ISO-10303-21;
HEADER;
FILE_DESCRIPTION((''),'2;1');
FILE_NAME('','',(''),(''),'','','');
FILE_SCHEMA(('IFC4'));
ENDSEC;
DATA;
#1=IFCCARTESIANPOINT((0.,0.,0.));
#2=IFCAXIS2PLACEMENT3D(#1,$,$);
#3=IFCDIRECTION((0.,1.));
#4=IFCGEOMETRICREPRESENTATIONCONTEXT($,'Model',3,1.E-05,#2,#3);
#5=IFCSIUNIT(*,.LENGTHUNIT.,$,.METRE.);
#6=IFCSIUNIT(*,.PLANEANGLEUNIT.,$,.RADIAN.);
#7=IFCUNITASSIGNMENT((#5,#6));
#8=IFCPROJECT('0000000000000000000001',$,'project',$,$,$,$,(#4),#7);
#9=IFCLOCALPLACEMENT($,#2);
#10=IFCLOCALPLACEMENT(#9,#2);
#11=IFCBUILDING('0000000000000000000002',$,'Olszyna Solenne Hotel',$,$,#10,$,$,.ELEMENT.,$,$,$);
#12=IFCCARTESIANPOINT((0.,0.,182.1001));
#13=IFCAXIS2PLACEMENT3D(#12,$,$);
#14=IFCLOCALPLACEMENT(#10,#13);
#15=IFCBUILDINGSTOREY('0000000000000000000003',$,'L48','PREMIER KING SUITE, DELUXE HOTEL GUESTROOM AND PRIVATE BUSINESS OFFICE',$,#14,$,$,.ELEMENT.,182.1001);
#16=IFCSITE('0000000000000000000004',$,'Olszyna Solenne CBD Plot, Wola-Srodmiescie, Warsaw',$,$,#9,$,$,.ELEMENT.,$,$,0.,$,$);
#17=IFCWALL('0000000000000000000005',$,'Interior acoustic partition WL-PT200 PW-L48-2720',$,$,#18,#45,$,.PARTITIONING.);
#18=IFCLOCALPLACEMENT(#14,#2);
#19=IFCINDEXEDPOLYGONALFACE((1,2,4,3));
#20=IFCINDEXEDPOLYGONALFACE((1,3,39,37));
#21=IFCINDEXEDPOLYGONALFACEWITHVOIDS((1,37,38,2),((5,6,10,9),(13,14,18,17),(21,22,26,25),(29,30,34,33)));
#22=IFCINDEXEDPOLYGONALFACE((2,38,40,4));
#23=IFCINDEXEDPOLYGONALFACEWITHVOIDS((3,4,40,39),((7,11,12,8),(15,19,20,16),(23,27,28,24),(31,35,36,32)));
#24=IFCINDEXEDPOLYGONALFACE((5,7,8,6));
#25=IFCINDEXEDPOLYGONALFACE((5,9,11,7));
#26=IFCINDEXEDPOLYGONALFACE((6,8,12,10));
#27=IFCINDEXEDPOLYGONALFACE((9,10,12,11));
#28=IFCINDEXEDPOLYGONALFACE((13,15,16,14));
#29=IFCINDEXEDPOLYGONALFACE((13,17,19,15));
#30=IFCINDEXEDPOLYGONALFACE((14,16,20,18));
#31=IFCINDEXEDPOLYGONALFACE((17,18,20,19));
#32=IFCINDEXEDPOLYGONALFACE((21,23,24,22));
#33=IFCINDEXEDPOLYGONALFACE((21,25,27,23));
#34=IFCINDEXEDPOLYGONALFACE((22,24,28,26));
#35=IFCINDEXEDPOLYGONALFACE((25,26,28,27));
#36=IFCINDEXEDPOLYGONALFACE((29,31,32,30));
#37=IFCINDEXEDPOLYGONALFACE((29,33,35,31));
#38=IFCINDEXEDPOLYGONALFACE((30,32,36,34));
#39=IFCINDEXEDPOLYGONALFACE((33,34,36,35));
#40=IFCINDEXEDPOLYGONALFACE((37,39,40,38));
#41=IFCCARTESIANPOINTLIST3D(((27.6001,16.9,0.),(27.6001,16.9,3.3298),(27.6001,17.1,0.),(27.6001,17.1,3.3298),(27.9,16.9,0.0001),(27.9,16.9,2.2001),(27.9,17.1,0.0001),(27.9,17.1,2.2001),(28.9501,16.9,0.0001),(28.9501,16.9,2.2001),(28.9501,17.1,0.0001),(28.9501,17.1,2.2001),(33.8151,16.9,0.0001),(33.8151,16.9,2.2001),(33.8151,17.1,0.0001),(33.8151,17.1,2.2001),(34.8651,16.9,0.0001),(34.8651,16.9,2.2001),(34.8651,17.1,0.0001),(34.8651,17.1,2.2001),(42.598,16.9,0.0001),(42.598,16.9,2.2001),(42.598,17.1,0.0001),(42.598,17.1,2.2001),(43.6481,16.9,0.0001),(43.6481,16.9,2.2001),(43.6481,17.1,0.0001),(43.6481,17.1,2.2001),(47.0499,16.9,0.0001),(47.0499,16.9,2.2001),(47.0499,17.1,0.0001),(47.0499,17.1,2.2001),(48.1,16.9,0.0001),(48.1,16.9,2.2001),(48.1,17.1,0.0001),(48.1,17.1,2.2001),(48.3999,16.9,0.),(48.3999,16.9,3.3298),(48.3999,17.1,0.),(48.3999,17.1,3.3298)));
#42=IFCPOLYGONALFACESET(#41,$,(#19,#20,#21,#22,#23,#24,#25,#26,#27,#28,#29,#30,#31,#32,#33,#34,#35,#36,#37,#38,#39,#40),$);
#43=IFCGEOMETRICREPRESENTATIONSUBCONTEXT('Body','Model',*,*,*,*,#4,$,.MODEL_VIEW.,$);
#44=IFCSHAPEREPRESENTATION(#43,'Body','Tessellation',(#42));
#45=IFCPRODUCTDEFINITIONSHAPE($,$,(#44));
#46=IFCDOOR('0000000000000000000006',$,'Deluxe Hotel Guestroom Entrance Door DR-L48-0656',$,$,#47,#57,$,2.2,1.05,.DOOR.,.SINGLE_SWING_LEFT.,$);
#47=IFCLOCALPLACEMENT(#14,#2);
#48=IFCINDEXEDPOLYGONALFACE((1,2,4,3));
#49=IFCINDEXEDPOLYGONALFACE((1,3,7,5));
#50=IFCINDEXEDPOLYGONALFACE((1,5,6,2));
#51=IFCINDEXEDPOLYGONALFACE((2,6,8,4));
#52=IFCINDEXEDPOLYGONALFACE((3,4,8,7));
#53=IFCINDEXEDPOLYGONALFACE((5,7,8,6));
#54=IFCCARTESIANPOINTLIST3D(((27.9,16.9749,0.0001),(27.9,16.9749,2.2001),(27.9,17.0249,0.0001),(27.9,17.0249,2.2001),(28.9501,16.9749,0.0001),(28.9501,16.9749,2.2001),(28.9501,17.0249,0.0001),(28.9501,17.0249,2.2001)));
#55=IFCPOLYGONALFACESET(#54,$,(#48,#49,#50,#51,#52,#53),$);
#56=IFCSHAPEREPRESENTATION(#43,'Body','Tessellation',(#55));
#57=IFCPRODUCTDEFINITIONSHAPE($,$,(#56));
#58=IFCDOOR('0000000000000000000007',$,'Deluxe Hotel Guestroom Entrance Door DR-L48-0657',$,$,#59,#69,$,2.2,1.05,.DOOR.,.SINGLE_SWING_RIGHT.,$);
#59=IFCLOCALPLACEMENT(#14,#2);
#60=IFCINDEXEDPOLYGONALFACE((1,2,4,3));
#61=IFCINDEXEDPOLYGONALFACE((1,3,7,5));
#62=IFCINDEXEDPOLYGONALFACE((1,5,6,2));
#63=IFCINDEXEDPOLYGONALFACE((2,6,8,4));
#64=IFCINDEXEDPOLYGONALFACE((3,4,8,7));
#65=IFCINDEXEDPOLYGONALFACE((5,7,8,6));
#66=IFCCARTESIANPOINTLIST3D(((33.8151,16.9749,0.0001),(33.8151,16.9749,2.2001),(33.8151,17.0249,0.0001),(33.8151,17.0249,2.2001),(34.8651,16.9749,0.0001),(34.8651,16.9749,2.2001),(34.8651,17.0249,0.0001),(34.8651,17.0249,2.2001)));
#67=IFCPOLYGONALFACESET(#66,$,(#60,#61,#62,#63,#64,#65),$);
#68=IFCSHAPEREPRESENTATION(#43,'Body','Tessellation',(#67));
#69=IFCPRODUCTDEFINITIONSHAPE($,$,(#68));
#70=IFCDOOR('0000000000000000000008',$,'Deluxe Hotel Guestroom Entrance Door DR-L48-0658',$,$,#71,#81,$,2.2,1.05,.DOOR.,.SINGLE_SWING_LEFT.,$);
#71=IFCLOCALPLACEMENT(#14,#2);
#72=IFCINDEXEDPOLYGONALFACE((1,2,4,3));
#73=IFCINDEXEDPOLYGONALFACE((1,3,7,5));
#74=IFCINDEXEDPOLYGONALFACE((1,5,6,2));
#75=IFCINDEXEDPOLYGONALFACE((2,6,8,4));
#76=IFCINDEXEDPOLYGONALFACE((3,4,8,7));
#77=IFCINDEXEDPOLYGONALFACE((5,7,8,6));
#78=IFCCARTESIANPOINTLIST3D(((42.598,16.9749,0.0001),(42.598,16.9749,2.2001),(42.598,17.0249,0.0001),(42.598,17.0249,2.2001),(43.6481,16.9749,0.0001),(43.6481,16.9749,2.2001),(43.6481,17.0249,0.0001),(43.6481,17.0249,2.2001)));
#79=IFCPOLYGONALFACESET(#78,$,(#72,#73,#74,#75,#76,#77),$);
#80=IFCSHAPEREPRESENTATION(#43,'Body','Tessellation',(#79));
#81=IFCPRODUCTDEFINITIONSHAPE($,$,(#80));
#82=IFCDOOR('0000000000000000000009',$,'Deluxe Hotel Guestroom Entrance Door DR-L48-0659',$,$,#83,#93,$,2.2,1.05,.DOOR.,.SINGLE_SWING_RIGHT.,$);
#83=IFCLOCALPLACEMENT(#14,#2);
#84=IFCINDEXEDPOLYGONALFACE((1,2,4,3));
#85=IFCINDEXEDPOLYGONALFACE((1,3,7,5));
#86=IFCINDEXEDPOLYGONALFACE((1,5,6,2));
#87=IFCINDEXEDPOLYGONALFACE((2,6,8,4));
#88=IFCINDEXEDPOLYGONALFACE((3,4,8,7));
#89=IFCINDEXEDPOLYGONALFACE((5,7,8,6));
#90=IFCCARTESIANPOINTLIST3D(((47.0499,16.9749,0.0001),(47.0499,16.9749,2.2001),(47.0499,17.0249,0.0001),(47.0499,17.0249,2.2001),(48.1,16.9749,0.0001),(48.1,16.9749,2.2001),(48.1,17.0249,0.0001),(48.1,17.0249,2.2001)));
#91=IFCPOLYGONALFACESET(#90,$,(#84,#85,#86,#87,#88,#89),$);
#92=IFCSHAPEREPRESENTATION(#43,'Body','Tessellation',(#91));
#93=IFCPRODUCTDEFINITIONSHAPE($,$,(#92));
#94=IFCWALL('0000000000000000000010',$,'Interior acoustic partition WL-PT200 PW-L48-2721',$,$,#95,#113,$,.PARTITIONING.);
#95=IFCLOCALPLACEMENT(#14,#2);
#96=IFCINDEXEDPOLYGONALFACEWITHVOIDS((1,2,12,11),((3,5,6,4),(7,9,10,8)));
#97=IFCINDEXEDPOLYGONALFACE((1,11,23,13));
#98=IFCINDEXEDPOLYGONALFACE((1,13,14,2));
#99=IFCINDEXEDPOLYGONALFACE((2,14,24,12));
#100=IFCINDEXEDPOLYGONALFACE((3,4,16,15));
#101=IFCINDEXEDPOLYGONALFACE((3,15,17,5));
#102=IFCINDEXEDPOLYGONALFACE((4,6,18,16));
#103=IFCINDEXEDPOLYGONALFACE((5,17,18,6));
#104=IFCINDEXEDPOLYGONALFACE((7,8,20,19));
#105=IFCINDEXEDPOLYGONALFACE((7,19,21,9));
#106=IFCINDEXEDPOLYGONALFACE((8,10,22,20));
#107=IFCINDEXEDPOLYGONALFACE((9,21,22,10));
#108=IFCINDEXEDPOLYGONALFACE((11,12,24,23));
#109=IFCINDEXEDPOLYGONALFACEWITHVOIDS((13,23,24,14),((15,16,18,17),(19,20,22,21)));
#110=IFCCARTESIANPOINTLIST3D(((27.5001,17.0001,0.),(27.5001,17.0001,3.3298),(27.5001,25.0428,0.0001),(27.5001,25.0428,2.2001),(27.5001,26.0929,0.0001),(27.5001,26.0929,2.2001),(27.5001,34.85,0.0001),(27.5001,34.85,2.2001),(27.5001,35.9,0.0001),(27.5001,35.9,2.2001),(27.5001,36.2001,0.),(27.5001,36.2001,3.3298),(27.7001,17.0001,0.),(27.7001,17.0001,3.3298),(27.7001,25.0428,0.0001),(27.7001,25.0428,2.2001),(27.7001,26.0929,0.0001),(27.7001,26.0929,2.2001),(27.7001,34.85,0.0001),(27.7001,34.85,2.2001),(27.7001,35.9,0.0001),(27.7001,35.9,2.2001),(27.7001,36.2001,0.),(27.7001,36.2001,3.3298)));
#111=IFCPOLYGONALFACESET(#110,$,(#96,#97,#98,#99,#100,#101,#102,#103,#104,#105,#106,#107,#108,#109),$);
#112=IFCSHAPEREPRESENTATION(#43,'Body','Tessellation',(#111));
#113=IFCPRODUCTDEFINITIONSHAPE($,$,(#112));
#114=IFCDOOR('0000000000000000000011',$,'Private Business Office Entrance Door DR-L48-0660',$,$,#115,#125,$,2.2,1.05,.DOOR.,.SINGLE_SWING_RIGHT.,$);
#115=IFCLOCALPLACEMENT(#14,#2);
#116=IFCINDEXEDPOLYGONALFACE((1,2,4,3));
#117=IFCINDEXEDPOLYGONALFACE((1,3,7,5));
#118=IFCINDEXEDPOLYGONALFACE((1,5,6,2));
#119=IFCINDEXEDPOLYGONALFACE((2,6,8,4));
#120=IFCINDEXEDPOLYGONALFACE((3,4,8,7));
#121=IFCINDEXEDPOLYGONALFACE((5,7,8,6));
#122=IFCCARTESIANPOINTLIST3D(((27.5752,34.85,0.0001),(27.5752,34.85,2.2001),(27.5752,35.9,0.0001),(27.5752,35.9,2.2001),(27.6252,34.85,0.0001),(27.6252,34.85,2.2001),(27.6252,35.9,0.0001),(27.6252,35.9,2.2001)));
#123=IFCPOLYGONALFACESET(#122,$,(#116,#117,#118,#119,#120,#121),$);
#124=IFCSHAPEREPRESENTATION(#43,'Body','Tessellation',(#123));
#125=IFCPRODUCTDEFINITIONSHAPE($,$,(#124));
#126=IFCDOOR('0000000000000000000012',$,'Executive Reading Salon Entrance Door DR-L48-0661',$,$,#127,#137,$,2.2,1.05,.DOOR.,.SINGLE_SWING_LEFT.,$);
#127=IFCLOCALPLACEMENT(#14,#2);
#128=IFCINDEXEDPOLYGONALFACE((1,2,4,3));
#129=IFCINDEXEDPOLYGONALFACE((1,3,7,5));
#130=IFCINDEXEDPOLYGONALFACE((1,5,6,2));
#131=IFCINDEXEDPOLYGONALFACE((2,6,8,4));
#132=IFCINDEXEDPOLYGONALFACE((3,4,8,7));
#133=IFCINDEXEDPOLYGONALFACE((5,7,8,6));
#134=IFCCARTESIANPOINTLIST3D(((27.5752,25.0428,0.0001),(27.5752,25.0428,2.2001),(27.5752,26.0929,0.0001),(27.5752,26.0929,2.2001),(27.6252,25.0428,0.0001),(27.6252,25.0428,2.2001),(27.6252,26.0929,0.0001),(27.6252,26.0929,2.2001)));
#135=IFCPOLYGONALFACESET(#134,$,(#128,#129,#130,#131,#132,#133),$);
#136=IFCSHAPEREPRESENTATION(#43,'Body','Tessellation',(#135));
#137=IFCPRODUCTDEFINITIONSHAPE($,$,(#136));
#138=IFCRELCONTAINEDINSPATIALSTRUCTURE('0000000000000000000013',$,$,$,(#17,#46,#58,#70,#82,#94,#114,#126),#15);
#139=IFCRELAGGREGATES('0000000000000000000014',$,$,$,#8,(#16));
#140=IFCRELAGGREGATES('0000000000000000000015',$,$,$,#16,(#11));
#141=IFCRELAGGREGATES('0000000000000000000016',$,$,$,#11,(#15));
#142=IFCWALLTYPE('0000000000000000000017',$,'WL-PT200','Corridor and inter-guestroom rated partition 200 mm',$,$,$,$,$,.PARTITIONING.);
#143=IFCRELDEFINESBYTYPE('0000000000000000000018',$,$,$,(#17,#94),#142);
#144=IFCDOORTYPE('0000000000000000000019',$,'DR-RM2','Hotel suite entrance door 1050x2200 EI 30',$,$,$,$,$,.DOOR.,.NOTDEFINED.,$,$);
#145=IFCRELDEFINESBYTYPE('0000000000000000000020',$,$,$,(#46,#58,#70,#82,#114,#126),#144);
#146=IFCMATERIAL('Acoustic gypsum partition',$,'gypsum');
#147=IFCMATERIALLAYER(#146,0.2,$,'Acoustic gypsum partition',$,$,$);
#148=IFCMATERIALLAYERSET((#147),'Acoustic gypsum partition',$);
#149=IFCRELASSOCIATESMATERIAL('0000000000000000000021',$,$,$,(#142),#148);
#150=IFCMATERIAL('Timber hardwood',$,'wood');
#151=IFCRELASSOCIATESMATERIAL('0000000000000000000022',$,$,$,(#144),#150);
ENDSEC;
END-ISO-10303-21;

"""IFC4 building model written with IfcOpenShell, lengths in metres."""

from ifc_helpers import new_model, si_unit, direction, frame, frame_2d, origin, place, context, subcontext, project, spatial, rectangle, extrude, source, transform, mapped, material, layer, layer_set, type_object, type_shapes, element, fill, save


model = new_model("IFC4")

# Units and contexts
model_context = context("Model", 3, precision=1e-05, world=origin(), true_north=direction((0.0, 1.0)))
body_context = subcontext(model_context, "Body", "Model", "MODEL_VIEW")
ifc_project = project(units=[si_unit("LENGTHUNIT", "METRE"), si_unit("PLANEANGLEUNIT", "RADIAN")], contexts=[model_context])

# Site, building, storey
site_placement = place(None, origin())
site = spatial("IfcSite", under=ifc_project, at=site_placement, Name="Olszyna Solenne CBD Plot, Wola-Srodmiescie, Warsaw", CompositionType="ELEMENT", RefElevation=0.0)
building_placement = place(site_placement, origin())
building = spatial("IfcBuilding", under=site, at=building_placement, Name="Olszyna Solenne Hotel", CompositionType="ELEMENT")
storey_placement = place(building_placement, frame((0.0, 0.0, 182.1001)))
storey = spatial("IfcBuildingStorey", under=building, at=storey_placement, Name="L48", Description="PREMIER KING SUITE, DELUXE HOTEL GUESTROOM AND PRIVATE BUSINESS OFFICE", CompositionType="ELEMENT", Elevation=182.1001)

# Shared definitions
ifc_material_1 = material(Name="Timber hardwood", Category="wood")
ifc_material_2 = material(Name="Acoustic gypsum partition", Category="gypsum")

# Shared definitions
ifc_layer_1 = layer(ifc_material_2, 0.2, Name="Acoustic gypsum partition")
ifc_layer_set_1 = layer_set([ifc_layer_1], Name="Acoustic gypsum partition")
wall_type_1 = type_object("IfcWallType", Name="WL-PT200", Description="Corridor and inter-guestroom rated partition 200 mm", PredefinedType="PARTITIONING", material=ifc_layer_set_1)

# Walls, openings, doors
wall_1_placement = place(storey_placement, frame((27.6001, 17.0, 0.0), z_axis=(0.0, 0.0, 1.0), x_axis=(1.0, 0.0, 0.0)))
wall_1 = element("IfcWall", 1, at=wall_1_placement, inside=storey, type_object=wall_type_1, Name="Interior acoustic partition WL-PT200 PW-L48-2720", PredefinedType="PARTITIONING", context=body_context, shape_type="SweptSolid", body=[
    extrude(rectangle(XDim=20.7998, YDim=0.2, at=frame_2d((10.3999, 0.0))), origin(), (0.0, 0.0, 1.0), 3.3298),
])
opening_1_placement = place(wall_1_placement, frame((0.3, 0.0, 0.0)))
opening_1 = element("IfcOpeningElement", 2, at=opening_1_placement, cuts=wall_1, PredefinedType="OPENING", context=body_context, shape_type="SweptSolid", body=[
    extrude(rectangle(XDim=1.05, YDim=2.2, at=frame_2d((0.5249, 1.1001))), frame((0.0, 0.1099, 0.0), z_axis=(0.0, -1.0, 0.0), x_axis=(1.0, 0.0, 0.0)), (0.0, 0.0, 1.0), 0.22),
])
opening_2_placement = place(wall_1_placement, frame((6.2151, 0.0, 0.0)))
opening_2 = element("IfcOpeningElement", 3, at=opening_2_placement, cuts=wall_1, PredefinedType="OPENING", context=body_context, shape_type="SweptSolid", body=[
    extrude(rectangle(XDim=1.05, YDim=2.2, at=frame_2d((0.5249, 1.1001))), frame((0.0, 0.1099, 0.0), z_axis=(0.0, -1.0, 0.0), x_axis=(1.0, 0.0, 0.0)), (0.0, 0.0, 1.0), 0.22),
])
opening_3_placement = place(wall_1_placement, frame((14.998, 0.0, 0.0)))
opening_3 = element("IfcOpeningElement", 4, at=opening_3_placement, cuts=wall_1, PredefinedType="OPENING", context=body_context, shape_type="SweptSolid", body=[
    extrude(rectangle(XDim=1.05, YDim=2.2, at=frame_2d((0.5249, 1.1001))), frame((0.0, 0.1099, 0.0), z_axis=(0.0, -1.0, 0.0), x_axis=(1.0, 0.0, 0.0)), (0.0, 0.0, 1.0), 0.22),
])
opening_4_placement = place(wall_1_placement, frame((19.45, 0.0, 0.0)))
opening_4 = element("IfcOpeningElement", 5, at=opening_4_placement, cuts=wall_1, PredefinedType="OPENING", context=body_context, shape_type="SweptSolid", body=[
    extrude(rectangle(XDim=1.05, YDim=2.2, at=frame_2d((0.5249, 1.1001))), frame((0.0, 0.1099, 0.0), z_axis=(0.0, -1.0, 0.0), x_axis=(1.0, 0.0, 0.0)), (0.0, 0.0, 1.0), 0.22),
])
door_type_1 = type_object("IfcDoorType", Name="DR-RM2", Description="Hotel suite entrance door 1050x2200 EI 30", OperationType="NOTDEFINED", PredefinedType="DOOR", material=ifc_material_1)
shared_shape_1 = source(origin(), body_context, "Body", "SweptSolid", [
    extrude(rectangle(XDim=1.05, YDim=2.2, at=frame_2d((0.5249, 1.1001))), frame((0.0, 0.0249, 0.0), z_axis=(0.0, -1.0, 0.0), x_axis=(1.0, 0.0, 0.0)), (0.0, 0.0, 1.0), 0.05),
])
type_shapes(door_type_1, [shared_shape_1])
door_1_placement = place(opening_1_placement, origin())
door_1 = element("IfcDoor", 6, at=door_1_placement, inside=storey, type_object=door_type_1, Name="Deluxe Hotel Guestroom Entrance Door DR-L48-0656", OperationType="SINGLE_SWING_LEFT", OverallHeight=2.2, OverallWidth=1.05, PredefinedType="DOOR", context=body_context, shape_type="MappedRepresentation", body=[
    mapped(shared_shape_1, transform((0.0, 0.0, 0.0), x_axis=(1.0, 0.0, 0.0), y_axis=(0.0, 1.0, 0.0), z_axis=(0.0, 0.0, 1.0), scale=1.0)),
])
fill(opening_1, door_1)
door_2_placement = place(opening_2_placement, origin())
door_2 = element("IfcDoor", 7, at=door_2_placement, inside=storey, type_object=door_type_1, Name="Deluxe Hotel Guestroom Entrance Door DR-L48-0657", OperationType="SINGLE_SWING_RIGHT", OverallHeight=2.2, OverallWidth=1.05, PredefinedType="DOOR", context=body_context, shape_type="MappedRepresentation", body=[
    mapped(shared_shape_1, transform((0.0, 0.0, 0.0), x_axis=(1.0, 0.0, 0.0), y_axis=(0.0, 1.0, 0.0), z_axis=(0.0, 0.0, 1.0), scale=1.0)),
])
fill(opening_2, door_2)
door_3_placement = place(opening_3_placement, origin())
door_3 = element("IfcDoor", 8, at=door_3_placement, inside=storey, type_object=door_type_1, Name="Deluxe Hotel Guestroom Entrance Door DR-L48-0658", OperationType="SINGLE_SWING_LEFT", OverallHeight=2.2, OverallWidth=1.05, PredefinedType="DOOR", context=body_context, shape_type="MappedRepresentation", body=[
    mapped(shared_shape_1, transform((0.0, 0.0, 0.0), x_axis=(1.0, 0.0, 0.0), y_axis=(0.0, 1.0, 0.0), z_axis=(0.0, 0.0, 1.0), scale=1.0)),
])
fill(opening_3, door_3)
door_4_placement = place(opening_4_placement, origin())
door_4 = element("IfcDoor", 9, at=door_4_placement, inside=storey, type_object=door_type_1, Name="Deluxe Hotel Guestroom Entrance Door DR-L48-0659", OperationType="SINGLE_SWING_RIGHT", OverallHeight=2.2, OverallWidth=1.05, PredefinedType="DOOR", context=body_context, shape_type="MappedRepresentation", body=[
    mapped(shared_shape_1, transform((0.0, 0.0, 0.0), x_axis=(1.0, 0.0, 0.0), y_axis=(0.0, 1.0, 0.0), z_axis=(0.0, 0.0, 1.0), scale=1.0)),
])
fill(opening_4, door_4)
wall_2_placement = place(storey_placement, frame((27.6001, 17.0, 0.0), z_axis=(0.0, 0.0, 1.0), x_axis=(0.0, 1.0, 0.0)))
wall_2 = element("IfcWall", 10, at=wall_2_placement, inside=storey, type_object=wall_type_1, Name="Interior acoustic partition WL-PT200 PW-L48-2721", PredefinedType="PARTITIONING", context=body_context, shape_type="SweptSolid", body=[
    extrude(rectangle(XDim=19.2, YDim=0.2, at=frame_2d((9.6001, 0.0))), origin(), (0.0, 0.0, 1.0), 3.3298),
])
opening_5_placement = place(wall_2_placement, frame((17.8501, 0.0, 0.0)))
opening_5 = element("IfcOpeningElement", 11, at=opening_5_placement, cuts=wall_2, PredefinedType="OPENING", context=body_context, shape_type="SweptSolid", body=[
    extrude(rectangle(XDim=1.05, YDim=2.2, at=frame_2d((0.5249, 1.1001))), frame((0.0, 0.1099, 0.0), z_axis=(0.0, -1.0, 0.0), x_axis=(1.0, 0.0, 0.0)), (0.0, 0.0, 1.0), 0.22),
])
opening_6_placement = place(wall_2_placement, frame((8.043, 0.0, 0.0)))
opening_6 = element("IfcOpeningElement", 12, at=opening_6_placement, cuts=wall_2, PredefinedType="OPENING", context=body_context, shape_type="SweptSolid", body=[
    extrude(rectangle(XDim=1.05, YDim=2.2, at=frame_2d((0.5249, 1.1001))), frame((0.0, 0.1099, 0.0), z_axis=(0.0, -1.0, 0.0), x_axis=(1.0, 0.0, 0.0)), (0.0, 0.0, 1.0), 0.22),
])
door_5_placement = place(opening_5_placement, origin())
door_5 = element("IfcDoor", 13, at=door_5_placement, inside=storey, type_object=door_type_1, Name="Private Business Office Entrance Door DR-L48-0660", OperationType="SINGLE_SWING_RIGHT", OverallHeight=2.2, OverallWidth=1.05, PredefinedType="DOOR", context=body_context, shape_type="MappedRepresentation", body=[
    mapped(shared_shape_1, transform((0.0, 0.0, 0.0), x_axis=(1.0, 0.0, 0.0), y_axis=(0.0, 1.0, 0.0), z_axis=(0.0, 0.0, 1.0), scale=1.0)),
])
fill(opening_5, door_5)
door_6_placement = place(opening_6_placement, origin())
door_6 = element("IfcDoor", 14, at=door_6_placement, inside=storey, type_object=door_type_1, Name="Executive Reading Salon Entrance Door DR-L48-0661", OperationType="SINGLE_SWING_LEFT", OverallHeight=2.2, OverallWidth=1.05, PredefinedType="DOOR", context=body_context, shape_type="MappedRepresentation", body=[
    mapped(shared_shape_1, transform((0.0, 0.0, 0.0), x_axis=(1.0, 0.0, 0.0), y_axis=(0.0, 1.0, 0.0), z_axis=(0.0, 0.0, 1.0), scale=1.0)),
])
fill(opening_6, door_6)

save(model, "model.ifc")
